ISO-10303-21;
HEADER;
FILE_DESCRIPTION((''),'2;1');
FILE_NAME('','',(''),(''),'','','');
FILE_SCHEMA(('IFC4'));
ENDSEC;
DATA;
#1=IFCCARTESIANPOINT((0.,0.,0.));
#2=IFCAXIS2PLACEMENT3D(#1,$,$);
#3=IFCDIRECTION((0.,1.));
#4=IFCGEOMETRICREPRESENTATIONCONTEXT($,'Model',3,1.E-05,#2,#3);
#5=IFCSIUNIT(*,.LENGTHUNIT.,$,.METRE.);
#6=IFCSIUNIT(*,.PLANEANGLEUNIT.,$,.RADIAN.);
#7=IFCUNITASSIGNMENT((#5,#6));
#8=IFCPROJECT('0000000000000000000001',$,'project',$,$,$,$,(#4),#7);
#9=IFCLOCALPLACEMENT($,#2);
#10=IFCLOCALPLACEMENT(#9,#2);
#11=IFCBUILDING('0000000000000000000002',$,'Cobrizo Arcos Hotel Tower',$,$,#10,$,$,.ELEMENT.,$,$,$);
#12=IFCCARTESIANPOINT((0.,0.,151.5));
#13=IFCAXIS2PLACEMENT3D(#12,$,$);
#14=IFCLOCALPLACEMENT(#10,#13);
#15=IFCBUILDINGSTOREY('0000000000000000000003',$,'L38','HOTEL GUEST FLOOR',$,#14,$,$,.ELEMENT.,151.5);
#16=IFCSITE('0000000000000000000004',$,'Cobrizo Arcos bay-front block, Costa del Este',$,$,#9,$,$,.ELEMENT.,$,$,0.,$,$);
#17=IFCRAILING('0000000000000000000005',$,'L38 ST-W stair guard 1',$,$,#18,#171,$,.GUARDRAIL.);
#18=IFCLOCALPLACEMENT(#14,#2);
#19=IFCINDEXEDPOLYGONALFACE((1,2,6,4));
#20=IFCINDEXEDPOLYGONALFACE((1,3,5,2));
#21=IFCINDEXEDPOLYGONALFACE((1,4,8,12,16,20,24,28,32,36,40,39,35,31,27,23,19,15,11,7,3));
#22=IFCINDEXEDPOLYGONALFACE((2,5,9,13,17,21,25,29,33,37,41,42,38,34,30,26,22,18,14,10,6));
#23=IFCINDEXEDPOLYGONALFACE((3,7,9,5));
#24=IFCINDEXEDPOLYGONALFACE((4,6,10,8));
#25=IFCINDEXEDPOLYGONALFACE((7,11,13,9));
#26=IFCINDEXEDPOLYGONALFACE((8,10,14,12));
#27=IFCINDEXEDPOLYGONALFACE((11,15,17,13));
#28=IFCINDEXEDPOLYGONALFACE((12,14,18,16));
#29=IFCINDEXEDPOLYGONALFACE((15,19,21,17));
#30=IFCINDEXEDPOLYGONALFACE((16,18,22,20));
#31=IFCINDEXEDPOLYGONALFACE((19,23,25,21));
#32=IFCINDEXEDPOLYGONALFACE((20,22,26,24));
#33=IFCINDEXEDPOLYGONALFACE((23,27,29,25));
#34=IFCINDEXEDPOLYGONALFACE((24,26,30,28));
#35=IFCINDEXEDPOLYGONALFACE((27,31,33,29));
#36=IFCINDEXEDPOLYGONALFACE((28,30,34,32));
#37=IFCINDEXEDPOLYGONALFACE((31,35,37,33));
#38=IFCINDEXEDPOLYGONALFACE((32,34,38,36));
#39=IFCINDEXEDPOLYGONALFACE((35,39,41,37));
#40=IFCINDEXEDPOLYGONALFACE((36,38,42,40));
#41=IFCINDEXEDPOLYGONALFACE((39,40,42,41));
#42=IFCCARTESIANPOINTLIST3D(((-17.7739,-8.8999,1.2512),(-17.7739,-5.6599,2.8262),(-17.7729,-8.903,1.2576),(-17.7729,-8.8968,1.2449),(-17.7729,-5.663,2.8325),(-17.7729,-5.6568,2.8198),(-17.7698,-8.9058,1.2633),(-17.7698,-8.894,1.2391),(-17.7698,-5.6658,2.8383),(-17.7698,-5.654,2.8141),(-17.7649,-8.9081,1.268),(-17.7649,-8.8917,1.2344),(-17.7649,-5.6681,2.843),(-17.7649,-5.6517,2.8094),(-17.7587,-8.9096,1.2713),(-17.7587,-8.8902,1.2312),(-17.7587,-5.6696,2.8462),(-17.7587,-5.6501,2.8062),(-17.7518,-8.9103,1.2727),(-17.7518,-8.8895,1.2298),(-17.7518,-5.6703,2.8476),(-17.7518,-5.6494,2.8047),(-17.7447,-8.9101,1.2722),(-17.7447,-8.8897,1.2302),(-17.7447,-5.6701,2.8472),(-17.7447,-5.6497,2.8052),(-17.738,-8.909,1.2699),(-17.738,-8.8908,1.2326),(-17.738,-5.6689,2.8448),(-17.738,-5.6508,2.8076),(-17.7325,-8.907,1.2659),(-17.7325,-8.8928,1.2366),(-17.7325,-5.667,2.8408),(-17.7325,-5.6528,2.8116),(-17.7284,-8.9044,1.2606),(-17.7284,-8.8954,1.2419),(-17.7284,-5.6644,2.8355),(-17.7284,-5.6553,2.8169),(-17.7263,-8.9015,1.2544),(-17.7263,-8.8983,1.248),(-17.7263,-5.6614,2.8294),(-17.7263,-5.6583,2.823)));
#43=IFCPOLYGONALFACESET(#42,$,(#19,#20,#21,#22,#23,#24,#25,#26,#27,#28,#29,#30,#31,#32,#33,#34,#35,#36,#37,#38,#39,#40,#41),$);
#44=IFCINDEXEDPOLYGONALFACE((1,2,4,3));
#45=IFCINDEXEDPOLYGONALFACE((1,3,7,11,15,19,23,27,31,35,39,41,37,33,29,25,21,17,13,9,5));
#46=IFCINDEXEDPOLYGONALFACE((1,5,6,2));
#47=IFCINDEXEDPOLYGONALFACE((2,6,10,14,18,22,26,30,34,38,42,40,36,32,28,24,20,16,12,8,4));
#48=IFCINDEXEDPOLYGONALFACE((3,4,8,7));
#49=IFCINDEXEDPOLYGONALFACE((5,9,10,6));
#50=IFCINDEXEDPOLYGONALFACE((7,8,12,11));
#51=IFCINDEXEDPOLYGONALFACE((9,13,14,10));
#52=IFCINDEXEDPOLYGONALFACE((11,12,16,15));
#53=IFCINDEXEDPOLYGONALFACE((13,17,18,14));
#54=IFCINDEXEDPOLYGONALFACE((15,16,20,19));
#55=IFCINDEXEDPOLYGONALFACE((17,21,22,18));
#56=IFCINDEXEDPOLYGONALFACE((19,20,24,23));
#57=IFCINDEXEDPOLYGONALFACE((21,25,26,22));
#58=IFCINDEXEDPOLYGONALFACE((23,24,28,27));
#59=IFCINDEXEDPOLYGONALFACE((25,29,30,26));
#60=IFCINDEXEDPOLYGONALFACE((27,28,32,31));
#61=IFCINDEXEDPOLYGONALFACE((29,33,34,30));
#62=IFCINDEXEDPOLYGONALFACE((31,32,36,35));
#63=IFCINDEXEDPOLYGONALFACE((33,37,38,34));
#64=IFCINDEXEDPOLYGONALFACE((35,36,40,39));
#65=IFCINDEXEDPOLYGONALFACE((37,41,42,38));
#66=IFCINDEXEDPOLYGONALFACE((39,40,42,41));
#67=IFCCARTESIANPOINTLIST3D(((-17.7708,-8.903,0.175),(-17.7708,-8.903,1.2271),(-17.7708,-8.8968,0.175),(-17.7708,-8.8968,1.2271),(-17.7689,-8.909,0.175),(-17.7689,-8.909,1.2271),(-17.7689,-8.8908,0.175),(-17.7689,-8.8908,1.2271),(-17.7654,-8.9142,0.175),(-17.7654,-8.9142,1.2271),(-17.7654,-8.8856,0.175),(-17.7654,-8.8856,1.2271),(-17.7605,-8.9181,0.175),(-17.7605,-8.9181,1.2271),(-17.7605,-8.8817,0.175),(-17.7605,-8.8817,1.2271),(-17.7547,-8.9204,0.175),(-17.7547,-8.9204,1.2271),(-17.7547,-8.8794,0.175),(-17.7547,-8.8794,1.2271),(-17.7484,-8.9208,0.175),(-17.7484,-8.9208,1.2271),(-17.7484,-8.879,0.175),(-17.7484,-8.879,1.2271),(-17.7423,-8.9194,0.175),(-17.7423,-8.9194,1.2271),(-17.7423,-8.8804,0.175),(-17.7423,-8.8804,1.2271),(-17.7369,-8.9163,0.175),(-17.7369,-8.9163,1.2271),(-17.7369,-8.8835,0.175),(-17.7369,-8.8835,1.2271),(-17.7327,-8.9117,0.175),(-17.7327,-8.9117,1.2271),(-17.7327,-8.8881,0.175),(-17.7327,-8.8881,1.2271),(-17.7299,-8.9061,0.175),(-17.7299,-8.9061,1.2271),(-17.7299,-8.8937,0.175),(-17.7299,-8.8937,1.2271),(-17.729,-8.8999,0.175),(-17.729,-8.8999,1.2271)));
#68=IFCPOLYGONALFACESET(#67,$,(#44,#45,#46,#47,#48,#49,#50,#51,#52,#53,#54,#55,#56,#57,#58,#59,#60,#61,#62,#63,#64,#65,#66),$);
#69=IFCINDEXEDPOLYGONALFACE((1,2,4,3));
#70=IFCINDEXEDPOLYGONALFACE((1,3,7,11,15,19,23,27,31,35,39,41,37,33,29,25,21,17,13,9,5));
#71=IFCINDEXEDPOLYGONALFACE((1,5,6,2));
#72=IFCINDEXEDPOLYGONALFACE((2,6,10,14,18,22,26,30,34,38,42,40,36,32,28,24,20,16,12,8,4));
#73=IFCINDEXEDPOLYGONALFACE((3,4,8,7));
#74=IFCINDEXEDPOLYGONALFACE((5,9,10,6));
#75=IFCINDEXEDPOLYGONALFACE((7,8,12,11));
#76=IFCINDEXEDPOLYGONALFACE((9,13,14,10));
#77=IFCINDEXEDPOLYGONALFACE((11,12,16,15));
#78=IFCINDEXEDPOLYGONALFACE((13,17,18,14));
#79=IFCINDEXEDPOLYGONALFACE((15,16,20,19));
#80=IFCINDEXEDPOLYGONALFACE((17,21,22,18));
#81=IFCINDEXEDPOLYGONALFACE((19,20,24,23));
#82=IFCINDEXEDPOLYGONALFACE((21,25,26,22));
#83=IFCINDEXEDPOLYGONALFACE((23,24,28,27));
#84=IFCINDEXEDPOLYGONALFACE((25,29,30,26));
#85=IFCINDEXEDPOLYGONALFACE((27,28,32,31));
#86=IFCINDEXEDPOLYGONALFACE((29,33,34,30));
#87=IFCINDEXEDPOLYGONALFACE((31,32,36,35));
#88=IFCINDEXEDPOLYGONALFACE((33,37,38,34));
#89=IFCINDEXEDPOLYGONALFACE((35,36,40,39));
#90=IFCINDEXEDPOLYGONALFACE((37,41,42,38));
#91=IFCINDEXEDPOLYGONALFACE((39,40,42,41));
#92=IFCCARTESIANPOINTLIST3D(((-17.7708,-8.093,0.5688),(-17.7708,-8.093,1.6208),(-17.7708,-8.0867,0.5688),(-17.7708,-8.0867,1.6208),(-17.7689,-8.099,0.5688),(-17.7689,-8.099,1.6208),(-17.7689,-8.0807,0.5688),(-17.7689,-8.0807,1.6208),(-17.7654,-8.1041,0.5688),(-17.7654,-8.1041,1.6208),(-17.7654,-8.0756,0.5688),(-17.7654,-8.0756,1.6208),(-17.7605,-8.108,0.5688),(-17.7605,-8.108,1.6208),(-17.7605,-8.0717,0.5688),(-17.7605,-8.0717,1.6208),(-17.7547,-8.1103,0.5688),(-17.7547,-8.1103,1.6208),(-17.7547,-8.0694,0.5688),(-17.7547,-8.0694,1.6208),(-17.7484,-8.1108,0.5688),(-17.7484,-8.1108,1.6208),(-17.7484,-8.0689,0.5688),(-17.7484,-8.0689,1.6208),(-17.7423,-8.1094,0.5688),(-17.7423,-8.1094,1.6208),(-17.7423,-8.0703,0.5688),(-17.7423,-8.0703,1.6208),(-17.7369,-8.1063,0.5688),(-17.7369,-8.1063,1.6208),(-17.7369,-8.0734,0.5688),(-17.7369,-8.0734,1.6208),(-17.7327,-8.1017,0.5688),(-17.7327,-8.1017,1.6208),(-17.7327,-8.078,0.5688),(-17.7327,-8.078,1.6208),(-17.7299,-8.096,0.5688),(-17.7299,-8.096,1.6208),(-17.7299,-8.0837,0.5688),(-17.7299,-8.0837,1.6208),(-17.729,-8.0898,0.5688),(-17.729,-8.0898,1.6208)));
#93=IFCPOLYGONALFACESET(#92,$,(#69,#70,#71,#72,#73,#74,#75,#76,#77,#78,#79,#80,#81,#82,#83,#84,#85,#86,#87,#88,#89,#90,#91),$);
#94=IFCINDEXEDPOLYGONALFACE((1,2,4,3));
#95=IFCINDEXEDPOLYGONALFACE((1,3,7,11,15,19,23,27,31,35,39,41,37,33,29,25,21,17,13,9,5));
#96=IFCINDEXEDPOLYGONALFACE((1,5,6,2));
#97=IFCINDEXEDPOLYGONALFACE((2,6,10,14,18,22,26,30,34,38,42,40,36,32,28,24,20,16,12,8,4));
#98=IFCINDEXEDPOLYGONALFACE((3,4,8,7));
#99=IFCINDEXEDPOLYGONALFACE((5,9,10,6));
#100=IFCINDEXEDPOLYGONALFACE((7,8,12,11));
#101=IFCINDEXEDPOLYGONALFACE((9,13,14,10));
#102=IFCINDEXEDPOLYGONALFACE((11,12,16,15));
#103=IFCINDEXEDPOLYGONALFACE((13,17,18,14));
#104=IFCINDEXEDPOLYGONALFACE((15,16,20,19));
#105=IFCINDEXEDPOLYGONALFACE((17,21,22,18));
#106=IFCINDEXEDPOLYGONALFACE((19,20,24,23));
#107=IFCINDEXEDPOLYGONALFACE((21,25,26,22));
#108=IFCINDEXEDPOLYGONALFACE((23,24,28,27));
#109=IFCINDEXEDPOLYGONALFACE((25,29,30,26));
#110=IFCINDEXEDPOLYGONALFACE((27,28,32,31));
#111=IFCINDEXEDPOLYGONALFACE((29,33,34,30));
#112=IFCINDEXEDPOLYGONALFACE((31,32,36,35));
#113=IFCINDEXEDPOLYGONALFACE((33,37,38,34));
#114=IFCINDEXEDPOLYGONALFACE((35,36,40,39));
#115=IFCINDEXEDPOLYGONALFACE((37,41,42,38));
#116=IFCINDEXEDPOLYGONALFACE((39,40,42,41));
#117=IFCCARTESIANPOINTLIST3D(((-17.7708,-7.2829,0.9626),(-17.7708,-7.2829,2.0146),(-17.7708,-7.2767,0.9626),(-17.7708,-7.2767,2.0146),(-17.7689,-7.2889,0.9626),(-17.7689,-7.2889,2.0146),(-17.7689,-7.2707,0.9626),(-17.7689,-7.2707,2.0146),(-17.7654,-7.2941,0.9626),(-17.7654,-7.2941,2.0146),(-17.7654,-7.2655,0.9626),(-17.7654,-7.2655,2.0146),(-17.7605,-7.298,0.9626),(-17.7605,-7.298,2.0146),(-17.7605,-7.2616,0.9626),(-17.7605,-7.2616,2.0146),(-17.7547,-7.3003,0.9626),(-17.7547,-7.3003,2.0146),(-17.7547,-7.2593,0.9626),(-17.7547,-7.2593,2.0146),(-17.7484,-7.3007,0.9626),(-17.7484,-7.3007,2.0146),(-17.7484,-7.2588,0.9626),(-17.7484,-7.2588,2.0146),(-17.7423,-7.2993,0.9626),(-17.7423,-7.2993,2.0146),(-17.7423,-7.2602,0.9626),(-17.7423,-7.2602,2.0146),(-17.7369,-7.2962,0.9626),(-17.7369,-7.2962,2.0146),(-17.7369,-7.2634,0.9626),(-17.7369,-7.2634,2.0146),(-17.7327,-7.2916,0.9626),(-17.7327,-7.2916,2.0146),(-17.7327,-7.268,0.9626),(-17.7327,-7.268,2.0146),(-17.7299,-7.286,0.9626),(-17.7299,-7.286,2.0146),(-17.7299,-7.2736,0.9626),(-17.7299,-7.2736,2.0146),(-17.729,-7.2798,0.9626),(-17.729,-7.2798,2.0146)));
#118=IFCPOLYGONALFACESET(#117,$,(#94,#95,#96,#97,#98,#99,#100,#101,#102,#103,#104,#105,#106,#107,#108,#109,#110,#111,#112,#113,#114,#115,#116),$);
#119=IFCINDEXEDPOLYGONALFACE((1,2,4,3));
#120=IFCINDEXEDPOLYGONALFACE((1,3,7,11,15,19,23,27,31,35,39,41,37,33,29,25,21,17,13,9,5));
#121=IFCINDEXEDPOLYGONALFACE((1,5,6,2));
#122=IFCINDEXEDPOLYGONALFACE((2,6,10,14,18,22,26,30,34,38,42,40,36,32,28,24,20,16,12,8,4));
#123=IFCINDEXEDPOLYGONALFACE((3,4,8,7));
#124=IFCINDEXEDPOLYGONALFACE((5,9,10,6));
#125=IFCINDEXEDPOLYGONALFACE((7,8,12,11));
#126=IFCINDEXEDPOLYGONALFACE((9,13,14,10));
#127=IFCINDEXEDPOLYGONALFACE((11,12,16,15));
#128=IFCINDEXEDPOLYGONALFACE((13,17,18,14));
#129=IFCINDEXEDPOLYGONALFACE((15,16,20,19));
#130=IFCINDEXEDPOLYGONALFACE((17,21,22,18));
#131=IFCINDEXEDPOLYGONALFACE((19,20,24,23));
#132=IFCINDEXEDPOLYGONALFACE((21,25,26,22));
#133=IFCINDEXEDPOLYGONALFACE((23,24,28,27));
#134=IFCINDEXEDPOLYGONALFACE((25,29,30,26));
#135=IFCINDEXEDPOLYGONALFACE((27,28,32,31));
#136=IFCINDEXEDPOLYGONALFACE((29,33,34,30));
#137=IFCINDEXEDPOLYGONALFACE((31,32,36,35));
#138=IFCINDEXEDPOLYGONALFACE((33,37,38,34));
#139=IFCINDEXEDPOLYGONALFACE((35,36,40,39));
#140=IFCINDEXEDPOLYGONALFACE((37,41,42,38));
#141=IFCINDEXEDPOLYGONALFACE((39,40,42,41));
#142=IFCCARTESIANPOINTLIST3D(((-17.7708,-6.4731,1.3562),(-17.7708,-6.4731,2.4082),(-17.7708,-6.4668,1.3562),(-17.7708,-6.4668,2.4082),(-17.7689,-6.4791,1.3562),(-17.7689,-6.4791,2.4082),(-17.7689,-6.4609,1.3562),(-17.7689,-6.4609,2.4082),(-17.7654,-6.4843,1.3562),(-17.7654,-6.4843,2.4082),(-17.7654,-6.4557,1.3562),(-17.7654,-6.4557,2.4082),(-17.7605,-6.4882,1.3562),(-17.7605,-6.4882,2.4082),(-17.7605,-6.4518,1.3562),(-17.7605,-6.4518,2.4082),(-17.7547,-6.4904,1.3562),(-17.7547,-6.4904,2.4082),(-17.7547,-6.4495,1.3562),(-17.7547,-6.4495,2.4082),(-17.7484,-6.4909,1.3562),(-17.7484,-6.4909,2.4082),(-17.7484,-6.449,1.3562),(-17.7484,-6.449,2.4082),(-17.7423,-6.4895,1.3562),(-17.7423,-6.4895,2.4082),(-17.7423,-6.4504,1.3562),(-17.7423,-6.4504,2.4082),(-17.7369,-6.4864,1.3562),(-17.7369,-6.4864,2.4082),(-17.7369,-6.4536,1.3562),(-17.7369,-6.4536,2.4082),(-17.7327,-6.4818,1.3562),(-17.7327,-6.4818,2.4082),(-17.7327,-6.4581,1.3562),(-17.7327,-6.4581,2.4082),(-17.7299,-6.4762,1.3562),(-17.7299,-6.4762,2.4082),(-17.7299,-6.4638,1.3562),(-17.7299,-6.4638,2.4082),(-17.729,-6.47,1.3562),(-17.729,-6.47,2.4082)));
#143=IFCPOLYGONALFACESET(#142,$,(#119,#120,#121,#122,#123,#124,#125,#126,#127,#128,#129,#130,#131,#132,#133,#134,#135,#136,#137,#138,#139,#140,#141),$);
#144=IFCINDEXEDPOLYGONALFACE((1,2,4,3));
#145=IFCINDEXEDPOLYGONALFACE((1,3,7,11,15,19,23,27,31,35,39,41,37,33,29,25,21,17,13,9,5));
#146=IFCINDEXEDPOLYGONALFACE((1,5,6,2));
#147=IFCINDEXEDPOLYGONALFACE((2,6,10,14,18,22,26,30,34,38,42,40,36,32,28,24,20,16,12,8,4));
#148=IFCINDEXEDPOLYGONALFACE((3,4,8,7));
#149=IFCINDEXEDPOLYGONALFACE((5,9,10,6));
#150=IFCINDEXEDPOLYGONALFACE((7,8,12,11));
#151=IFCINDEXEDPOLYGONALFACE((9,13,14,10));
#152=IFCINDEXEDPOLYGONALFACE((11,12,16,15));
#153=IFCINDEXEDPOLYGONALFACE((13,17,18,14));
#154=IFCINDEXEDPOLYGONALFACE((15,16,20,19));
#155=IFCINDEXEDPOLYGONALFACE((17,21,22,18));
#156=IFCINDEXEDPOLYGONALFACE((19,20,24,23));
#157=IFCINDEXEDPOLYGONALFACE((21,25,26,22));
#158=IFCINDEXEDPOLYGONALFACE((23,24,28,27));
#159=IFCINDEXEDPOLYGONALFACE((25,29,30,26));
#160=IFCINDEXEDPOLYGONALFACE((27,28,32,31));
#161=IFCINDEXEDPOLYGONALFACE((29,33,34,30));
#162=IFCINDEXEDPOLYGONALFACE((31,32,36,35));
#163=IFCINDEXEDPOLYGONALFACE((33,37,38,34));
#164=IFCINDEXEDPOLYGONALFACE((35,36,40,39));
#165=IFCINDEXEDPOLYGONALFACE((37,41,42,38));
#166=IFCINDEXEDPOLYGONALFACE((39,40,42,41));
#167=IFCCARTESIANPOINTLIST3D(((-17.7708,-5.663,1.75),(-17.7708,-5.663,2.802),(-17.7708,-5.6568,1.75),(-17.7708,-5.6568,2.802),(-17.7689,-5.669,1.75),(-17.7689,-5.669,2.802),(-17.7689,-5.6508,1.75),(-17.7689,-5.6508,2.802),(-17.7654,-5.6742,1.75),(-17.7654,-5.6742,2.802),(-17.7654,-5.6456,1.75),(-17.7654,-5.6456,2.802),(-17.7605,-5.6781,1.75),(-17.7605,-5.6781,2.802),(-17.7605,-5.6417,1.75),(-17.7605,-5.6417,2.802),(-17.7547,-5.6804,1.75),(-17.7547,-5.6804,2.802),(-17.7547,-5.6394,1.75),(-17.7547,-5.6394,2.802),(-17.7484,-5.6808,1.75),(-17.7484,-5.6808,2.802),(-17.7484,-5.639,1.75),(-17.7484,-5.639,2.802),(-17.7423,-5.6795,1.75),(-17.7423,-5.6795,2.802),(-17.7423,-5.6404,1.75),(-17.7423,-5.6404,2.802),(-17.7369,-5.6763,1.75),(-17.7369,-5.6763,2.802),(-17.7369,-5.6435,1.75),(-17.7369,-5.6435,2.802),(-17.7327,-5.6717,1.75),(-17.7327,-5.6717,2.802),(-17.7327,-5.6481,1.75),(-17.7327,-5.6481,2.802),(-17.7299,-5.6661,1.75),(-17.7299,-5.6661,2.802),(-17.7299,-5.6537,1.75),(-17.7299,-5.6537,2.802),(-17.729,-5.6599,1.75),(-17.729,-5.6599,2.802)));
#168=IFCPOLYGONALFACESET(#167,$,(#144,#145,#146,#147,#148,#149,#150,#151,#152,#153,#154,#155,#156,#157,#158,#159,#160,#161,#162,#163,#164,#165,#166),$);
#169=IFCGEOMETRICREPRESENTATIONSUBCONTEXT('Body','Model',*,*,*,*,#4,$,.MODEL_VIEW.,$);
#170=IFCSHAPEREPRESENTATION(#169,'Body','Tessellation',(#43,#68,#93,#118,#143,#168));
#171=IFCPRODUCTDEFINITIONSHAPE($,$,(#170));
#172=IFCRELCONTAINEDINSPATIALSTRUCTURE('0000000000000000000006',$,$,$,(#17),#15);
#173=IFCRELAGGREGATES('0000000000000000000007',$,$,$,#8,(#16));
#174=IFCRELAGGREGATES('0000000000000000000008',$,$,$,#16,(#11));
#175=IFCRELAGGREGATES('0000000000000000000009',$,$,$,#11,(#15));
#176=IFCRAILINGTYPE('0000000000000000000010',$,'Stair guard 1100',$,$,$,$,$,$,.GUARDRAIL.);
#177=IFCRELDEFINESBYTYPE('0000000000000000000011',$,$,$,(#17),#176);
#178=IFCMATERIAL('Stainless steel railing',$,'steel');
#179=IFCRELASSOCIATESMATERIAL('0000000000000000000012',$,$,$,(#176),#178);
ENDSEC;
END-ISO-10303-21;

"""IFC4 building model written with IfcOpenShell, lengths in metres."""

from ifc_helpers import new_model, si_unit, direction, frame, origin, origin_2d, place, context, subcontext, project, spatial, circle, extrude, material, type_object, element, save


model = new_model("IFC4")

# Units and contexts
model_context = context("Model", 3, precision=1e-05, world=origin(), true_north=direction((0.0, 1.0)))
body_context = subcontext(model_context, "Body", "Model", "MODEL_VIEW")
ifc_project = project(units=[si_unit("LENGTHUNIT", "METRE"), si_unit("PLANEANGLEUNIT", "RADIAN")], contexts=[model_context])

# Site, building, storey
site_placement = place(None, origin())
site = spatial("IfcSite", under=ifc_project, at=site_placement, Name="Cobrizo Arcos bay-front block, Costa del Este", CompositionType="ELEMENT", RefElevation=0.0)
building_placement = place(site_placement, origin())
building = spatial("IfcBuilding", under=site, at=building_placement, Name="Cobrizo Arcos Hotel Tower", CompositionType="ELEMENT")
storey_placement = place(building_placement, frame((0.0, 0.0, 151.5)))
storey = spatial("IfcBuildingStorey", under=building, at=storey_placement, Name="L38", Description="HOTEL GUEST FLOOR", CompositionType="ELEMENT", Elevation=151.5)

# Railing
ifc_material_1 = material(Name="Stainless steel railing", Category="steel")
railing_type_1 = type_object("IfcRailingType", Name="Stair guard 1100", PredefinedType="GUARDRAIL", material=ifc_material_1)
railing_1_placement = place(storey_placement, frame((-17.75, -8.8999, 0.175)))
element("IfcRailing", 1, at=railing_1_placement, inside=storey, type_object=railing_type_1, Name="L38 ST-W stair guard 1", PredefinedType="GUARDRAIL", context=body_context, shape_type="SweptSolid", body=[
    extrude(circle(Radius=0.0239, at=origin_2d()), frame((0.0, 0.0, 1.0762), z_axis=(0.0, 0.899373, 0.437183), x_axis=(-1.0, 0.0, 0.0)), (0.0, 0.0, 1.0), 3.6025),
    extrude(circle(Radius=0.021, at=origin_2d()), origin(), (0.0, 0.0, 1.0), 1.052),
    extrude(circle(Radius=0.021, at=origin_2d()), frame((0.0, 0.8101, 0.3938)), (0.0, 0.0, 1.0), 1.052),
    extrude(circle(Radius=0.021, at=origin_2d()), frame((0.0, 1.6201, 0.7876)), (0.0, 0.0, 1.0), 1.052),
    extrude(circle(Radius=0.021, at=origin_2d()), frame((0.0, 2.4299, 1.1812)), (0.0, 0.0, 1.0), 1.052),
    extrude(circle(Radius=0.021, at=origin_2d()), frame((0.0, 3.24, 1.575)), (0.0, 0.0, 1.0), 1.052),
])

save(model, "model.ifc")
